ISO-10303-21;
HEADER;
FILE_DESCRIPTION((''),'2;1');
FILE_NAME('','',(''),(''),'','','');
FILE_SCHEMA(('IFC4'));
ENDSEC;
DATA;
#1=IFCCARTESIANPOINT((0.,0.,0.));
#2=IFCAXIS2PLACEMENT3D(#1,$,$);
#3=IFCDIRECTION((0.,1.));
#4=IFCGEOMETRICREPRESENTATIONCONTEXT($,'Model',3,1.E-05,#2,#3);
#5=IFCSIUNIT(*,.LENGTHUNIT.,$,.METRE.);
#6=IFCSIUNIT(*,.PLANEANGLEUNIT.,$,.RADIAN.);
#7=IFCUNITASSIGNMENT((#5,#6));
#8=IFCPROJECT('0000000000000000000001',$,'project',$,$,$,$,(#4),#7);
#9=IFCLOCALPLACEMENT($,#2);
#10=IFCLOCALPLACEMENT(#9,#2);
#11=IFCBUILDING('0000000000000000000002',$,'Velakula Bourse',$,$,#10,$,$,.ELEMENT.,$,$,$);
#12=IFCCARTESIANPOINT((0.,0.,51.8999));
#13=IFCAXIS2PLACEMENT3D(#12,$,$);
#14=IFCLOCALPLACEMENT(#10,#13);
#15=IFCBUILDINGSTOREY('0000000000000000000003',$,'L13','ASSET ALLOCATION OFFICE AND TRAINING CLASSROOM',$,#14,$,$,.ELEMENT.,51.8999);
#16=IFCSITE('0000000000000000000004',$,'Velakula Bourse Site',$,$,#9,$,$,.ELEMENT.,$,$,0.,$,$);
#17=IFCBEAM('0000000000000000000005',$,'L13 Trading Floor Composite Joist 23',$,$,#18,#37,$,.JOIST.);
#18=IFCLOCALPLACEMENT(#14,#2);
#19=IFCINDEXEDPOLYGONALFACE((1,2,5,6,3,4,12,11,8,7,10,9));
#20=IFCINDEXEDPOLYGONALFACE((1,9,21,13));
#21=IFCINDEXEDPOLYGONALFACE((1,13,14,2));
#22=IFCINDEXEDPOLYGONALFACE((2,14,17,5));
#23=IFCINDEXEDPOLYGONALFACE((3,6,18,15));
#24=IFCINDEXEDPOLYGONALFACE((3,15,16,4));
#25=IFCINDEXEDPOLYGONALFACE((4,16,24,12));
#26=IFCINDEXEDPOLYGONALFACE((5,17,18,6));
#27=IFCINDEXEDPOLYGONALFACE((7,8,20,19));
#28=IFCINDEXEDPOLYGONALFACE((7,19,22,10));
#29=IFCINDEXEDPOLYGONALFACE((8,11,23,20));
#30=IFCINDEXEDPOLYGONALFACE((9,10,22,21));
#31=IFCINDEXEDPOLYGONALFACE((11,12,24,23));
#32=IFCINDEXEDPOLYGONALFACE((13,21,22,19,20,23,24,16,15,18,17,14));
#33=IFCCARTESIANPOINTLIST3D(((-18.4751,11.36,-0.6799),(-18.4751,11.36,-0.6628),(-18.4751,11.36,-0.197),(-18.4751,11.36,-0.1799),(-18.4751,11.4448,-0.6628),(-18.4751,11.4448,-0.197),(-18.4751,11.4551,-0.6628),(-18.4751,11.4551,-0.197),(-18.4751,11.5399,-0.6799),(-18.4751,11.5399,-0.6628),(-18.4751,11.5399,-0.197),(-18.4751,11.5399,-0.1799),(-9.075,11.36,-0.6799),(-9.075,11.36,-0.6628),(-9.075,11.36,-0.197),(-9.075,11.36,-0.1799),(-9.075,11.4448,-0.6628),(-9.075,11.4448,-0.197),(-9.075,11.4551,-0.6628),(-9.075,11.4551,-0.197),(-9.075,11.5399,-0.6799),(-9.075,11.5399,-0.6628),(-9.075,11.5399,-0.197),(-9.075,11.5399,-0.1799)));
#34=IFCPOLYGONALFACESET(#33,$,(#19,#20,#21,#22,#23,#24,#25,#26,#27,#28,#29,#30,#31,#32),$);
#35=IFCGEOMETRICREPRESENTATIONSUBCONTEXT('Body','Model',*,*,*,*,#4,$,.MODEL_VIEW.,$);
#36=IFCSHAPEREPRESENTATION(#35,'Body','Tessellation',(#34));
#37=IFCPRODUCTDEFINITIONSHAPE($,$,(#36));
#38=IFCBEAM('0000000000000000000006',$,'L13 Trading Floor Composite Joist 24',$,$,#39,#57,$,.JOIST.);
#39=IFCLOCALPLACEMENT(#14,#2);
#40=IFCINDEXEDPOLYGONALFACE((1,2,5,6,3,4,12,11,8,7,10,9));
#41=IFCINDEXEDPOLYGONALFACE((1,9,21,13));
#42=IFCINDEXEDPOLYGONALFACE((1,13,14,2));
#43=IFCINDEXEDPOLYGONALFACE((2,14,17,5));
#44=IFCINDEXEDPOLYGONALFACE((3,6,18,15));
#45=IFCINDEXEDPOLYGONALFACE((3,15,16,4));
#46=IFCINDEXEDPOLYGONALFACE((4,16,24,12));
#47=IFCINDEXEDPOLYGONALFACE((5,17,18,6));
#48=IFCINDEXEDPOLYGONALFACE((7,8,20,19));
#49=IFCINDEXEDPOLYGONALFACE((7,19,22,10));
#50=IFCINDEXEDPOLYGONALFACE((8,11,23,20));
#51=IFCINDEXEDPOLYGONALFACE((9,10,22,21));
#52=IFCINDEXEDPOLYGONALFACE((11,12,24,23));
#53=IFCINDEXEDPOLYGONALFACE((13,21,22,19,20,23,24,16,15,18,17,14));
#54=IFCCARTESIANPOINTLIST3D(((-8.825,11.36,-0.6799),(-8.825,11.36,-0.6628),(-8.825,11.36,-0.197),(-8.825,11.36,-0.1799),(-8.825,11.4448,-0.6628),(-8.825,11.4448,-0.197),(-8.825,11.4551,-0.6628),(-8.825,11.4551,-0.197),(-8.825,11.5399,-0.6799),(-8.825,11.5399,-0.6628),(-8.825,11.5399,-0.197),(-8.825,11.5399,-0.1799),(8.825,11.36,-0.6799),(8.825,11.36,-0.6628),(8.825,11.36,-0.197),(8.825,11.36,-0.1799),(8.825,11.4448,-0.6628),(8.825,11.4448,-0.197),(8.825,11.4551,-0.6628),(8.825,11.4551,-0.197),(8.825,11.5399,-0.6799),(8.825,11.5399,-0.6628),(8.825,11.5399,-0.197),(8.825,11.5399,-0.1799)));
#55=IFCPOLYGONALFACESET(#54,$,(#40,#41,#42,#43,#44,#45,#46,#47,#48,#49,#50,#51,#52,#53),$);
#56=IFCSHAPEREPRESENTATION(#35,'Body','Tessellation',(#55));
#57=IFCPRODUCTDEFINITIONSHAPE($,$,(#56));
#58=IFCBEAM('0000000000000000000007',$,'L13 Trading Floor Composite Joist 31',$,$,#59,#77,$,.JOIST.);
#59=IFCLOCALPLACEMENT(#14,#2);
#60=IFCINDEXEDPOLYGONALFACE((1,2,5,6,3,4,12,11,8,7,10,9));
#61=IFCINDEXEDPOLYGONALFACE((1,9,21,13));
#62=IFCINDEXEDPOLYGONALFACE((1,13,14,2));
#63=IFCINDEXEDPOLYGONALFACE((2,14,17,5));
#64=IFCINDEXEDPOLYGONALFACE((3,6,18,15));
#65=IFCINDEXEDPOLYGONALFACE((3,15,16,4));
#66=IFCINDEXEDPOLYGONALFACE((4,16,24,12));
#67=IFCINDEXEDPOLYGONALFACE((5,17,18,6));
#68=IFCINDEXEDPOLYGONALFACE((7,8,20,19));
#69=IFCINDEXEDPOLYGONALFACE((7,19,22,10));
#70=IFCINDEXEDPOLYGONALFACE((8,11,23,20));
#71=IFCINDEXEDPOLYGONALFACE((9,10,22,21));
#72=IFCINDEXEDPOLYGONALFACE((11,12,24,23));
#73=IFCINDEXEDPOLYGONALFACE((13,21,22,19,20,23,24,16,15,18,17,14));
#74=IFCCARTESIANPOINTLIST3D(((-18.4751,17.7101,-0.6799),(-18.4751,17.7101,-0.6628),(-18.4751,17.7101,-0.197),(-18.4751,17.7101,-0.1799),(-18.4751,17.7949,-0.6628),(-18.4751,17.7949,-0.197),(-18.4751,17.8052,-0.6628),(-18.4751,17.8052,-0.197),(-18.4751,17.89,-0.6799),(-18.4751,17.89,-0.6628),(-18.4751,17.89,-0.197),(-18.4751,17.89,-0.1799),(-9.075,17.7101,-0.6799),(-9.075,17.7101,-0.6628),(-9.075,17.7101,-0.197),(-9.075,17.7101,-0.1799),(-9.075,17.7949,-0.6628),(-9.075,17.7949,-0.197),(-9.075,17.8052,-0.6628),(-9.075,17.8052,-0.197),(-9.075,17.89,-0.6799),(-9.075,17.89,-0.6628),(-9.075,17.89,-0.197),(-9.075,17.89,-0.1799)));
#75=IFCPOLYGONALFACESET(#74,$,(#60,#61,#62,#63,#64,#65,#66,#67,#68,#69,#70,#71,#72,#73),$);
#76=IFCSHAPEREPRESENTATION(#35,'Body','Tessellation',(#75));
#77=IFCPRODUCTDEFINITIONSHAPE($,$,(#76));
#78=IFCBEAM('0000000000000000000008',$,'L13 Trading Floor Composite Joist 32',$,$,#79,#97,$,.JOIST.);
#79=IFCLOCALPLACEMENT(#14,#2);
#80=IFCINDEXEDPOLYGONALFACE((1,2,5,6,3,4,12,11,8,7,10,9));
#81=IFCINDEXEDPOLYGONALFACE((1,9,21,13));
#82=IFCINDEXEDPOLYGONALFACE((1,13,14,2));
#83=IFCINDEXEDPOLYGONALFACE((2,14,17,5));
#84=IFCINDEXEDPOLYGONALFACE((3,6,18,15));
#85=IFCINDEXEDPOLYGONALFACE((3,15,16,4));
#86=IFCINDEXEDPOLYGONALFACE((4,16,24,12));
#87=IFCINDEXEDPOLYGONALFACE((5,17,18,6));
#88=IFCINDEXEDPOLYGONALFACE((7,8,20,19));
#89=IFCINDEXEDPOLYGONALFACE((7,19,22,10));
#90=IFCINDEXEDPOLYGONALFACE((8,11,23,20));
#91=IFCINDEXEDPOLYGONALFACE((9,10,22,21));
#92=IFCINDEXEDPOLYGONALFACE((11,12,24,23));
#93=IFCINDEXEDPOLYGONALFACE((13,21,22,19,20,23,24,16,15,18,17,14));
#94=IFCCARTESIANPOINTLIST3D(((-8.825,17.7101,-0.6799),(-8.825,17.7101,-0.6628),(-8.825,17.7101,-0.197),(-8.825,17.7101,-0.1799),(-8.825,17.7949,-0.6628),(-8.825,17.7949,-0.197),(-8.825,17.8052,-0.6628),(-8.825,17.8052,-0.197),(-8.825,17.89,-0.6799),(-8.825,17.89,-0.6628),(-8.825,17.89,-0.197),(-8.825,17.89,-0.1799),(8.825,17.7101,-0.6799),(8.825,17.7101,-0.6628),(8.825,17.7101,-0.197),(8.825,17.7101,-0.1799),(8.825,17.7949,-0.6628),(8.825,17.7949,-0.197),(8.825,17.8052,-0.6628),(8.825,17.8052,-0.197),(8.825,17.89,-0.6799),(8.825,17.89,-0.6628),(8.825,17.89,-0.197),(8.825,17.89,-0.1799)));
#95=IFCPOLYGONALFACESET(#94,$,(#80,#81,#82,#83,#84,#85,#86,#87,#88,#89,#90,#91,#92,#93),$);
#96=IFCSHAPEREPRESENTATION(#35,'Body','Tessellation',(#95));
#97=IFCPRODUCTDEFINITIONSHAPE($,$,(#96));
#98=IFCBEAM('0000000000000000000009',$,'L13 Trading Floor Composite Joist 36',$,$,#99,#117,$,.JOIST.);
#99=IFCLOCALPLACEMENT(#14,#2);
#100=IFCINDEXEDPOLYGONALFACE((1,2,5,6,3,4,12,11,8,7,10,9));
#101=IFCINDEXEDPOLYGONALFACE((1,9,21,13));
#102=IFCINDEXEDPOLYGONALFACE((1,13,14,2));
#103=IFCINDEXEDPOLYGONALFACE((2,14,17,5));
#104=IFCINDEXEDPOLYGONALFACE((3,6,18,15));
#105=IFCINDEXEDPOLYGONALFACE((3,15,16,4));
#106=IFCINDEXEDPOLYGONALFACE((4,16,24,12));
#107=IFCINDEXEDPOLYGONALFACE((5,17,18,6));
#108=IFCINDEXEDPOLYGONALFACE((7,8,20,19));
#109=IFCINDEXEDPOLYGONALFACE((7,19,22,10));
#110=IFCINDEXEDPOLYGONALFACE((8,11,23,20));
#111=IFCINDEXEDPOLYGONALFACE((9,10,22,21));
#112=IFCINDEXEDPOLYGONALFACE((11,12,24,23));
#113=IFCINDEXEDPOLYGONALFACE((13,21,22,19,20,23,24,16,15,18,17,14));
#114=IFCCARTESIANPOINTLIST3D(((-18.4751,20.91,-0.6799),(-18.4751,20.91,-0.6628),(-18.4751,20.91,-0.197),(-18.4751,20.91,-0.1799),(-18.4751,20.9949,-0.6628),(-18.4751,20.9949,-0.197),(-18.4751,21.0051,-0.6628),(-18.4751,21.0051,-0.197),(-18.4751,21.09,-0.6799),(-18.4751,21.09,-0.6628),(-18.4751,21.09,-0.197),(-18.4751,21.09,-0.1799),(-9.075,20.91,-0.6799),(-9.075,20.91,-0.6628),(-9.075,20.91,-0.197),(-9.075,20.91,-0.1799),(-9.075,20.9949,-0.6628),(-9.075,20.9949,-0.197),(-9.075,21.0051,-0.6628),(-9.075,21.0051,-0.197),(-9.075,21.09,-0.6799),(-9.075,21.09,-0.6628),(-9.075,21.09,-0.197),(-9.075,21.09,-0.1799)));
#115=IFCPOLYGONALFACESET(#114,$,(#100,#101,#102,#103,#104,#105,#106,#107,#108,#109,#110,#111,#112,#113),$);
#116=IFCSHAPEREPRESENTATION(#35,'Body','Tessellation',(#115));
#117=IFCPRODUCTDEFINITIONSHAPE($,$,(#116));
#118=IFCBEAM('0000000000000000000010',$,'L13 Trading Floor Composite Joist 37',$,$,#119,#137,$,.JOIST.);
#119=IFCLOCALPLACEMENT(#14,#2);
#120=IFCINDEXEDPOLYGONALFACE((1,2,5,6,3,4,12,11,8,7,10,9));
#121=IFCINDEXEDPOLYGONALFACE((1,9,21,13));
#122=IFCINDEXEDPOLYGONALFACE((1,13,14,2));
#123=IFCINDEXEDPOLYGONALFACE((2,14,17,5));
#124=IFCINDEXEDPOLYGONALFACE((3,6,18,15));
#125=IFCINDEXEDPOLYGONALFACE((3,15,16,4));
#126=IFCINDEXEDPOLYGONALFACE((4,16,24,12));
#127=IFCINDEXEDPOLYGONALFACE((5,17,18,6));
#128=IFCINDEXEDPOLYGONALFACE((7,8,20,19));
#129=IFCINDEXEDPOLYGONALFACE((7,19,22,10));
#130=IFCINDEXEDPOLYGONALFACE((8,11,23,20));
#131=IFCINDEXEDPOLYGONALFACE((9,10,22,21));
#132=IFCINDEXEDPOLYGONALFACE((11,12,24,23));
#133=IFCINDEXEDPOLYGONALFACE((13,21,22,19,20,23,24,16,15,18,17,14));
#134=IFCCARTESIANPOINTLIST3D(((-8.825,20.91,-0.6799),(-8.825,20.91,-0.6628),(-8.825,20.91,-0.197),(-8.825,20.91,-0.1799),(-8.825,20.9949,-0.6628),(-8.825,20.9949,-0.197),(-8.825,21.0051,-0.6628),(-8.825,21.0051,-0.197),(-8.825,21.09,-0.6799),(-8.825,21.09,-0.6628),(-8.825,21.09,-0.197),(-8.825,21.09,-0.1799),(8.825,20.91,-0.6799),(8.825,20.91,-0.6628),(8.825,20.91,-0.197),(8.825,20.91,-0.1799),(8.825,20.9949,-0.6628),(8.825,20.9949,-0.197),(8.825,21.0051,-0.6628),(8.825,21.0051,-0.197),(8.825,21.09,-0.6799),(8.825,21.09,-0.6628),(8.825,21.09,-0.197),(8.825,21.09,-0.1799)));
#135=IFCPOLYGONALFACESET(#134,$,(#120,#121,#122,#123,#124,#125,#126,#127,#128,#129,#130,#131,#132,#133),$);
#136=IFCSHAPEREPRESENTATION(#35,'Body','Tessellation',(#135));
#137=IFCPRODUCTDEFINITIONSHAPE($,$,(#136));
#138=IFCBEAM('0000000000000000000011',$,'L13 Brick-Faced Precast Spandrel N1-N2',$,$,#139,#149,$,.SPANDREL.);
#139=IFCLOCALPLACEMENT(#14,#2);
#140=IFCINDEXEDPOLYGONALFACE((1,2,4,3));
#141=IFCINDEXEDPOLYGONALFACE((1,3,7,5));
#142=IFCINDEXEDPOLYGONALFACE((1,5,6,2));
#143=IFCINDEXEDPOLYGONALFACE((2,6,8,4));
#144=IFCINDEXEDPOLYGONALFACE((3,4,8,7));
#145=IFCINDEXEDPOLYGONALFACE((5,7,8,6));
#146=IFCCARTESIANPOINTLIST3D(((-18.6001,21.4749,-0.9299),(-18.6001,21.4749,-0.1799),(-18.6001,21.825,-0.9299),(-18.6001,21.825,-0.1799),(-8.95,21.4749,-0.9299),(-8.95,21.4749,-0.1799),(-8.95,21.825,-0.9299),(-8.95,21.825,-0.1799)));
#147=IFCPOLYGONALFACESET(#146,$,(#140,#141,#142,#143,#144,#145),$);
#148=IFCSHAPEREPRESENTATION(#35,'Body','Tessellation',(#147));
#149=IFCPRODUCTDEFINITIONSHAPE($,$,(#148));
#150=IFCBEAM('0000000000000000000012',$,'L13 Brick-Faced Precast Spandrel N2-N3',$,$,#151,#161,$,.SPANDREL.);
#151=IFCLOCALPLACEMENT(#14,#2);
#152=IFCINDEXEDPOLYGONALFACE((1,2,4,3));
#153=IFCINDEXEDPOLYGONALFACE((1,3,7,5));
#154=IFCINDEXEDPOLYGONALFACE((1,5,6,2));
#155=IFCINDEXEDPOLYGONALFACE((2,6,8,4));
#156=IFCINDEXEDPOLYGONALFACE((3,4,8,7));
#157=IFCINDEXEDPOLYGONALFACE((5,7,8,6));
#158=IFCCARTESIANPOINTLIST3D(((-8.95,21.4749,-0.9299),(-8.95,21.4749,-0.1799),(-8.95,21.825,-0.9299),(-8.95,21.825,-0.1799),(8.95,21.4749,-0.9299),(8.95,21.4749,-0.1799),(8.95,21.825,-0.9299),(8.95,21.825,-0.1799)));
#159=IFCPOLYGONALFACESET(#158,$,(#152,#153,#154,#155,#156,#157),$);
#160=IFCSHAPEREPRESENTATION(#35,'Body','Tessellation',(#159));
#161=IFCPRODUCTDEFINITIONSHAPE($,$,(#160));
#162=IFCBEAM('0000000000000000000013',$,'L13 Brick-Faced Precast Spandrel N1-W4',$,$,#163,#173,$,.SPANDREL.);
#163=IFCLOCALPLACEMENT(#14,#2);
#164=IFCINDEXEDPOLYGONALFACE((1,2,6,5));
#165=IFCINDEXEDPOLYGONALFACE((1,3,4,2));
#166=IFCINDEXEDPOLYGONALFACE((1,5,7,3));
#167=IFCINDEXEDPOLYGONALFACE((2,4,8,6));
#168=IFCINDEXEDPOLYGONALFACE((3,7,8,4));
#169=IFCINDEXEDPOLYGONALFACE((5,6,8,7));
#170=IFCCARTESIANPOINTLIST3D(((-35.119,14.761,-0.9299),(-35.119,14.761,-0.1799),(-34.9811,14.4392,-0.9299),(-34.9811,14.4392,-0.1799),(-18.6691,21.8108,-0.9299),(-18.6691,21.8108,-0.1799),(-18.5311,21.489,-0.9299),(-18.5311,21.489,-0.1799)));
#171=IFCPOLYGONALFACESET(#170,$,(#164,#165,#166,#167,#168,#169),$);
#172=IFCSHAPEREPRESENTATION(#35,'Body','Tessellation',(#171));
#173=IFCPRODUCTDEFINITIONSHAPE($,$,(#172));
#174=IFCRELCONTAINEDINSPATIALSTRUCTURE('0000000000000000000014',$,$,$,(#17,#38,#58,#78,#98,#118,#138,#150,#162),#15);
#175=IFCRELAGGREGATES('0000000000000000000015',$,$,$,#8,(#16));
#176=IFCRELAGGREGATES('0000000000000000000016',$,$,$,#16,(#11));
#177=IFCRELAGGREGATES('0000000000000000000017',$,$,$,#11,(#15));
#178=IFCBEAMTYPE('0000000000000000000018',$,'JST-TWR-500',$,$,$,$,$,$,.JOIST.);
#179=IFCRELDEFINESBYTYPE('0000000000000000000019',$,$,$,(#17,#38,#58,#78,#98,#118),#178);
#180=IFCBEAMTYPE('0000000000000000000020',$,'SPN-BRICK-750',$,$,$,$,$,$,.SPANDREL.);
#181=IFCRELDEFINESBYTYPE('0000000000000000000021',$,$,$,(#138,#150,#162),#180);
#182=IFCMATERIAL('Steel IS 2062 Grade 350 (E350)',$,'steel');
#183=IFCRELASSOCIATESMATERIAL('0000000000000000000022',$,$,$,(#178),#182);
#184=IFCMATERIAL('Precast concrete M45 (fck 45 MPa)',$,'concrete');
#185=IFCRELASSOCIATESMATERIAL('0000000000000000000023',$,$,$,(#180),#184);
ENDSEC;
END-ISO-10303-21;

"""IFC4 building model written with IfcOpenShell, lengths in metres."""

from ifc_helpers import new_model, si_unit, direction, frame, origin, origin_2d, place, context, subcontext, project, spatial, rectangle, i_section, extrude, material, material_profile, profile_set, type_object, element, save


model = new_model("IFC4")

# Units and contexts
model_context = context("Model", 3, precision=1e-05, world=origin(), true_north=direction((0.0, 1.0)))
body_context = subcontext(model_context, "Body", "Model", "MODEL_VIEW")
ifc_project = project(units=[si_unit("LENGTHUNIT", "METRE"), si_unit("PLANEANGLEUNIT", "RADIAN")], contexts=[model_context])

# Site, building, storey
site_placement = place(None, origin())
site = spatial("IfcSite", under=ifc_project, at=site_placement, Name="Velakula Bourse Site", CompositionType="ELEMENT", RefElevation=0.0)
building_placement = place(site_placement, origin())
building = spatial("IfcBuilding", under=site, at=building_placement, Name="Velakula Bourse", CompositionType="ELEMENT")
storey_placement = place(building_placement, frame((0.0, 0.0, 51.8999)))
storey = spatial("IfcBuildingStorey", under=building, at=storey_placement, Name="L13", Description="ASSET ALLOCATION OFFICE AND TRAINING CLASSROOM", CompositionType="ELEMENT", Elevation=51.8999)

# Shared definitions
ifc_material_1 = material(Name="Precast concrete M45 (fck 45 MPa)", Category="concrete")

# Beams
ifc_material_2 = material(Name="Steel IS 2062 Grade 350 (E350)", Category="steel")
ifc_material_profile_1 = material_profile(ifc_material_2, i_section(OverallWidth=0.1799, OverallDepth=0.5, WebThickness=0.0103, FlangeThickness=0.0171, at=origin_2d()), Name="Steel IS 2062 Grade 350 (E350)")
ifc_profile_set_1 = profile_set([ifc_material_profile_1], Name="Steel IS 2062 Grade 350 (E350)")
beam_type_1 = type_object("IfcBeamType", Name="JST-TWR-500", PredefinedType="JOIST", material=ifc_profile_set_1)
beam_1_placement = place(storey_placement, frame((-18.4751, 11.45, -0.4299), z_axis=(1.0, 0.0, 0.0), x_axis=(0.0, 1.0, 0.0)))
element("IfcBeam", 1, at=beam_1_placement, inside=storey, type_object=beam_type_1, Name="L13 Trading Floor Composite Joist 23", PredefinedType="JOIST", context=body_context, shape_type="SweptSolid", body=[
    extrude(i_section(OverallWidth=0.1799, OverallDepth=0.5, WebThickness=0.0103, FlangeThickness=0.0171, at=origin_2d()), origin(), (0.0, 0.0, 1.0), 9.4001),
])
beam_2_placement = place(storey_placement, frame((-8.825, 11.45, -0.4299), z_axis=(1.0, 0.0, 0.0), x_axis=(0.0, 1.0, 0.0)))
element("IfcBeam", 2, at=beam_2_placement, inside=storey, type_object=beam_type_1, Name="L13 Trading Floor Composite Joist 24", PredefinedType="JOIST", context=body_context, shape_type="SweptSolid", body=[
    extrude(i_section(OverallWidth=0.1799, OverallDepth=0.5, WebThickness=0.0103, FlangeThickness=0.0171, at=origin_2d()), origin(), (0.0, 0.0, 1.0), 17.6499),
])
beam_3_placement = place(storey_placement, frame((-18.4751, 17.8, -0.4299), z_axis=(1.0, 0.0, 0.0), x_axis=(0.0, 1.0, 0.0)))
element("IfcBeam", 3, at=beam_3_placement, inside=storey, type_object=beam_type_1, Name="L13 Trading Floor Composite Joist 31", PredefinedType="JOIST", context=body_context, shape_type="SweptSolid", body=[
    extrude(i_section(OverallWidth=0.1799, OverallDepth=0.5, WebThickness=0.0103, FlangeThickness=0.0171, at=origin_2d()), origin(), (0.0, 0.0, 1.0), 9.4001),
])
beam_4_placement = place(storey_placement, frame((-8.825, 17.8, -0.4299), z_axis=(1.0, 0.0, 0.0), x_axis=(0.0, 1.0, 0.0)))
element("IfcBeam", 4, at=beam_4_placement, inside=storey, type_object=beam_type_1, Name="L13 Trading Floor Composite Joist 32", PredefinedType="JOIST", context=body_context, shape_type="SweptSolid", body=[
    extrude(i_section(OverallWidth=0.1799, OverallDepth=0.5, WebThickness=0.0103, FlangeThickness=0.0171, at=origin_2d()), origin(), (0.0, 0.0, 1.0), 17.6499),
])
beam_5_placement = place(storey_placement, frame((-18.4751, 21.0, -0.4299), z_axis=(1.0, 0.0, 0.0), x_axis=(0.0, 1.0, 0.0)))
element("IfcBeam", 5, at=beam_5_placement, inside=storey, type_object=beam_type_1, Name="L13 Trading Floor Composite Joist 36", PredefinedType="JOIST", context=body_context, shape_type="SweptSolid", body=[
    extrude(i_section(OverallWidth=0.1799, OverallDepth=0.5, WebThickness=0.0103, FlangeThickness=0.0171, at=origin_2d()), origin(), (0.0, 0.0, 1.0), 9.4001),
])
beam_6_placement = place(storey_placement, frame((-8.825, 21.0, -0.4299), z_axis=(1.0, 0.0, 0.0), x_axis=(0.0, 1.0, 0.0)))
element("IfcBeam", 6, at=beam_6_placement, inside=storey, type_object=beam_type_1, Name="L13 Trading Floor Composite Joist 37", PredefinedType="JOIST", context=body_context, shape_type="SweptSolid", body=[
    extrude(i_section(OverallWidth=0.1799, OverallDepth=0.5, WebThickness=0.0103, FlangeThickness=0.0171, at=origin_2d()), origin(), (0.0, 0.0, 1.0), 17.6499),
])
ifc_material_profile_2 = material_profile(ifc_material_1, rectangle(XDim=0.3501, YDim=0.75, at=origin_2d()), Name="Precast concrete M45 (fck 45 MPa)")
ifc_profile_set_2 = profile_set([ifc_material_profile_2], Name="Precast concrete M45 (fck 45 MPa)")
beam_type_2 = type_object("IfcBeamType", Name="SPN-BRICK-750", PredefinedType="SPANDREL", material=ifc_profile_set_2)
beam_7_placement = place(storey_placement, frame((-18.6001, 21.6499, -0.5549), z_axis=(1.0, 0.0, 0.0), x_axis=(0.0, 1.0, 0.0)))
element("IfcBeam", 7, at=beam_7_placement, inside=storey, type_object=beam_type_2, Name="L13 Brick-Faced Precast Spandrel N1-N2", PredefinedType="SPANDREL", context=body_context, shape_type="SweptSolid", body=[
    extrude(rectangle(XDim=0.3501, YDim=0.75, at=origin_2d()), origin(), (0.0, 0.0, 1.0), 9.6501),
])
beam_8_placement = place(storey_placement, frame((-8.95, 21.6499, -0.5549), z_axis=(1.0, 0.0, 0.0), x_axis=(0.0, 1.0, 0.0)))
element("IfcBeam", 8, at=beam_8_placement, inside=storey, type_object=beam_type_2, Name="L13 Brick-Faced Precast Spandrel N2-N3", PredefinedType="SPANDREL", context=body_context, shape_type="SweptSolid", body=[
    extrude(rectangle(XDim=0.3501, YDim=0.75, at=origin_2d()), origin(), (0.0, 0.0, 1.0), 17.8999),
])
beam_9_placement = place(storey_placement, frame((-18.6001, 21.6499, -0.5549), z_axis=(-0.919149, -0.393911, 0.0), x_axis=(0.393911, -0.919149, 0.0)))
element("IfcBeam", 9, at=beam_9_placement, inside=storey, type_object=beam_type_2, Name="L13 Brick-Faced Precast Spandrel N1-W4", PredefinedType="SPANDREL", context=body_context, shape_type="SweptSolid", body=[
    extrude(rectangle(XDim=0.3501, YDim=0.75, at=origin_2d()), origin(), (0.0, 0.0, 1.0), 17.897),
])

save(model, "model.ifc")
